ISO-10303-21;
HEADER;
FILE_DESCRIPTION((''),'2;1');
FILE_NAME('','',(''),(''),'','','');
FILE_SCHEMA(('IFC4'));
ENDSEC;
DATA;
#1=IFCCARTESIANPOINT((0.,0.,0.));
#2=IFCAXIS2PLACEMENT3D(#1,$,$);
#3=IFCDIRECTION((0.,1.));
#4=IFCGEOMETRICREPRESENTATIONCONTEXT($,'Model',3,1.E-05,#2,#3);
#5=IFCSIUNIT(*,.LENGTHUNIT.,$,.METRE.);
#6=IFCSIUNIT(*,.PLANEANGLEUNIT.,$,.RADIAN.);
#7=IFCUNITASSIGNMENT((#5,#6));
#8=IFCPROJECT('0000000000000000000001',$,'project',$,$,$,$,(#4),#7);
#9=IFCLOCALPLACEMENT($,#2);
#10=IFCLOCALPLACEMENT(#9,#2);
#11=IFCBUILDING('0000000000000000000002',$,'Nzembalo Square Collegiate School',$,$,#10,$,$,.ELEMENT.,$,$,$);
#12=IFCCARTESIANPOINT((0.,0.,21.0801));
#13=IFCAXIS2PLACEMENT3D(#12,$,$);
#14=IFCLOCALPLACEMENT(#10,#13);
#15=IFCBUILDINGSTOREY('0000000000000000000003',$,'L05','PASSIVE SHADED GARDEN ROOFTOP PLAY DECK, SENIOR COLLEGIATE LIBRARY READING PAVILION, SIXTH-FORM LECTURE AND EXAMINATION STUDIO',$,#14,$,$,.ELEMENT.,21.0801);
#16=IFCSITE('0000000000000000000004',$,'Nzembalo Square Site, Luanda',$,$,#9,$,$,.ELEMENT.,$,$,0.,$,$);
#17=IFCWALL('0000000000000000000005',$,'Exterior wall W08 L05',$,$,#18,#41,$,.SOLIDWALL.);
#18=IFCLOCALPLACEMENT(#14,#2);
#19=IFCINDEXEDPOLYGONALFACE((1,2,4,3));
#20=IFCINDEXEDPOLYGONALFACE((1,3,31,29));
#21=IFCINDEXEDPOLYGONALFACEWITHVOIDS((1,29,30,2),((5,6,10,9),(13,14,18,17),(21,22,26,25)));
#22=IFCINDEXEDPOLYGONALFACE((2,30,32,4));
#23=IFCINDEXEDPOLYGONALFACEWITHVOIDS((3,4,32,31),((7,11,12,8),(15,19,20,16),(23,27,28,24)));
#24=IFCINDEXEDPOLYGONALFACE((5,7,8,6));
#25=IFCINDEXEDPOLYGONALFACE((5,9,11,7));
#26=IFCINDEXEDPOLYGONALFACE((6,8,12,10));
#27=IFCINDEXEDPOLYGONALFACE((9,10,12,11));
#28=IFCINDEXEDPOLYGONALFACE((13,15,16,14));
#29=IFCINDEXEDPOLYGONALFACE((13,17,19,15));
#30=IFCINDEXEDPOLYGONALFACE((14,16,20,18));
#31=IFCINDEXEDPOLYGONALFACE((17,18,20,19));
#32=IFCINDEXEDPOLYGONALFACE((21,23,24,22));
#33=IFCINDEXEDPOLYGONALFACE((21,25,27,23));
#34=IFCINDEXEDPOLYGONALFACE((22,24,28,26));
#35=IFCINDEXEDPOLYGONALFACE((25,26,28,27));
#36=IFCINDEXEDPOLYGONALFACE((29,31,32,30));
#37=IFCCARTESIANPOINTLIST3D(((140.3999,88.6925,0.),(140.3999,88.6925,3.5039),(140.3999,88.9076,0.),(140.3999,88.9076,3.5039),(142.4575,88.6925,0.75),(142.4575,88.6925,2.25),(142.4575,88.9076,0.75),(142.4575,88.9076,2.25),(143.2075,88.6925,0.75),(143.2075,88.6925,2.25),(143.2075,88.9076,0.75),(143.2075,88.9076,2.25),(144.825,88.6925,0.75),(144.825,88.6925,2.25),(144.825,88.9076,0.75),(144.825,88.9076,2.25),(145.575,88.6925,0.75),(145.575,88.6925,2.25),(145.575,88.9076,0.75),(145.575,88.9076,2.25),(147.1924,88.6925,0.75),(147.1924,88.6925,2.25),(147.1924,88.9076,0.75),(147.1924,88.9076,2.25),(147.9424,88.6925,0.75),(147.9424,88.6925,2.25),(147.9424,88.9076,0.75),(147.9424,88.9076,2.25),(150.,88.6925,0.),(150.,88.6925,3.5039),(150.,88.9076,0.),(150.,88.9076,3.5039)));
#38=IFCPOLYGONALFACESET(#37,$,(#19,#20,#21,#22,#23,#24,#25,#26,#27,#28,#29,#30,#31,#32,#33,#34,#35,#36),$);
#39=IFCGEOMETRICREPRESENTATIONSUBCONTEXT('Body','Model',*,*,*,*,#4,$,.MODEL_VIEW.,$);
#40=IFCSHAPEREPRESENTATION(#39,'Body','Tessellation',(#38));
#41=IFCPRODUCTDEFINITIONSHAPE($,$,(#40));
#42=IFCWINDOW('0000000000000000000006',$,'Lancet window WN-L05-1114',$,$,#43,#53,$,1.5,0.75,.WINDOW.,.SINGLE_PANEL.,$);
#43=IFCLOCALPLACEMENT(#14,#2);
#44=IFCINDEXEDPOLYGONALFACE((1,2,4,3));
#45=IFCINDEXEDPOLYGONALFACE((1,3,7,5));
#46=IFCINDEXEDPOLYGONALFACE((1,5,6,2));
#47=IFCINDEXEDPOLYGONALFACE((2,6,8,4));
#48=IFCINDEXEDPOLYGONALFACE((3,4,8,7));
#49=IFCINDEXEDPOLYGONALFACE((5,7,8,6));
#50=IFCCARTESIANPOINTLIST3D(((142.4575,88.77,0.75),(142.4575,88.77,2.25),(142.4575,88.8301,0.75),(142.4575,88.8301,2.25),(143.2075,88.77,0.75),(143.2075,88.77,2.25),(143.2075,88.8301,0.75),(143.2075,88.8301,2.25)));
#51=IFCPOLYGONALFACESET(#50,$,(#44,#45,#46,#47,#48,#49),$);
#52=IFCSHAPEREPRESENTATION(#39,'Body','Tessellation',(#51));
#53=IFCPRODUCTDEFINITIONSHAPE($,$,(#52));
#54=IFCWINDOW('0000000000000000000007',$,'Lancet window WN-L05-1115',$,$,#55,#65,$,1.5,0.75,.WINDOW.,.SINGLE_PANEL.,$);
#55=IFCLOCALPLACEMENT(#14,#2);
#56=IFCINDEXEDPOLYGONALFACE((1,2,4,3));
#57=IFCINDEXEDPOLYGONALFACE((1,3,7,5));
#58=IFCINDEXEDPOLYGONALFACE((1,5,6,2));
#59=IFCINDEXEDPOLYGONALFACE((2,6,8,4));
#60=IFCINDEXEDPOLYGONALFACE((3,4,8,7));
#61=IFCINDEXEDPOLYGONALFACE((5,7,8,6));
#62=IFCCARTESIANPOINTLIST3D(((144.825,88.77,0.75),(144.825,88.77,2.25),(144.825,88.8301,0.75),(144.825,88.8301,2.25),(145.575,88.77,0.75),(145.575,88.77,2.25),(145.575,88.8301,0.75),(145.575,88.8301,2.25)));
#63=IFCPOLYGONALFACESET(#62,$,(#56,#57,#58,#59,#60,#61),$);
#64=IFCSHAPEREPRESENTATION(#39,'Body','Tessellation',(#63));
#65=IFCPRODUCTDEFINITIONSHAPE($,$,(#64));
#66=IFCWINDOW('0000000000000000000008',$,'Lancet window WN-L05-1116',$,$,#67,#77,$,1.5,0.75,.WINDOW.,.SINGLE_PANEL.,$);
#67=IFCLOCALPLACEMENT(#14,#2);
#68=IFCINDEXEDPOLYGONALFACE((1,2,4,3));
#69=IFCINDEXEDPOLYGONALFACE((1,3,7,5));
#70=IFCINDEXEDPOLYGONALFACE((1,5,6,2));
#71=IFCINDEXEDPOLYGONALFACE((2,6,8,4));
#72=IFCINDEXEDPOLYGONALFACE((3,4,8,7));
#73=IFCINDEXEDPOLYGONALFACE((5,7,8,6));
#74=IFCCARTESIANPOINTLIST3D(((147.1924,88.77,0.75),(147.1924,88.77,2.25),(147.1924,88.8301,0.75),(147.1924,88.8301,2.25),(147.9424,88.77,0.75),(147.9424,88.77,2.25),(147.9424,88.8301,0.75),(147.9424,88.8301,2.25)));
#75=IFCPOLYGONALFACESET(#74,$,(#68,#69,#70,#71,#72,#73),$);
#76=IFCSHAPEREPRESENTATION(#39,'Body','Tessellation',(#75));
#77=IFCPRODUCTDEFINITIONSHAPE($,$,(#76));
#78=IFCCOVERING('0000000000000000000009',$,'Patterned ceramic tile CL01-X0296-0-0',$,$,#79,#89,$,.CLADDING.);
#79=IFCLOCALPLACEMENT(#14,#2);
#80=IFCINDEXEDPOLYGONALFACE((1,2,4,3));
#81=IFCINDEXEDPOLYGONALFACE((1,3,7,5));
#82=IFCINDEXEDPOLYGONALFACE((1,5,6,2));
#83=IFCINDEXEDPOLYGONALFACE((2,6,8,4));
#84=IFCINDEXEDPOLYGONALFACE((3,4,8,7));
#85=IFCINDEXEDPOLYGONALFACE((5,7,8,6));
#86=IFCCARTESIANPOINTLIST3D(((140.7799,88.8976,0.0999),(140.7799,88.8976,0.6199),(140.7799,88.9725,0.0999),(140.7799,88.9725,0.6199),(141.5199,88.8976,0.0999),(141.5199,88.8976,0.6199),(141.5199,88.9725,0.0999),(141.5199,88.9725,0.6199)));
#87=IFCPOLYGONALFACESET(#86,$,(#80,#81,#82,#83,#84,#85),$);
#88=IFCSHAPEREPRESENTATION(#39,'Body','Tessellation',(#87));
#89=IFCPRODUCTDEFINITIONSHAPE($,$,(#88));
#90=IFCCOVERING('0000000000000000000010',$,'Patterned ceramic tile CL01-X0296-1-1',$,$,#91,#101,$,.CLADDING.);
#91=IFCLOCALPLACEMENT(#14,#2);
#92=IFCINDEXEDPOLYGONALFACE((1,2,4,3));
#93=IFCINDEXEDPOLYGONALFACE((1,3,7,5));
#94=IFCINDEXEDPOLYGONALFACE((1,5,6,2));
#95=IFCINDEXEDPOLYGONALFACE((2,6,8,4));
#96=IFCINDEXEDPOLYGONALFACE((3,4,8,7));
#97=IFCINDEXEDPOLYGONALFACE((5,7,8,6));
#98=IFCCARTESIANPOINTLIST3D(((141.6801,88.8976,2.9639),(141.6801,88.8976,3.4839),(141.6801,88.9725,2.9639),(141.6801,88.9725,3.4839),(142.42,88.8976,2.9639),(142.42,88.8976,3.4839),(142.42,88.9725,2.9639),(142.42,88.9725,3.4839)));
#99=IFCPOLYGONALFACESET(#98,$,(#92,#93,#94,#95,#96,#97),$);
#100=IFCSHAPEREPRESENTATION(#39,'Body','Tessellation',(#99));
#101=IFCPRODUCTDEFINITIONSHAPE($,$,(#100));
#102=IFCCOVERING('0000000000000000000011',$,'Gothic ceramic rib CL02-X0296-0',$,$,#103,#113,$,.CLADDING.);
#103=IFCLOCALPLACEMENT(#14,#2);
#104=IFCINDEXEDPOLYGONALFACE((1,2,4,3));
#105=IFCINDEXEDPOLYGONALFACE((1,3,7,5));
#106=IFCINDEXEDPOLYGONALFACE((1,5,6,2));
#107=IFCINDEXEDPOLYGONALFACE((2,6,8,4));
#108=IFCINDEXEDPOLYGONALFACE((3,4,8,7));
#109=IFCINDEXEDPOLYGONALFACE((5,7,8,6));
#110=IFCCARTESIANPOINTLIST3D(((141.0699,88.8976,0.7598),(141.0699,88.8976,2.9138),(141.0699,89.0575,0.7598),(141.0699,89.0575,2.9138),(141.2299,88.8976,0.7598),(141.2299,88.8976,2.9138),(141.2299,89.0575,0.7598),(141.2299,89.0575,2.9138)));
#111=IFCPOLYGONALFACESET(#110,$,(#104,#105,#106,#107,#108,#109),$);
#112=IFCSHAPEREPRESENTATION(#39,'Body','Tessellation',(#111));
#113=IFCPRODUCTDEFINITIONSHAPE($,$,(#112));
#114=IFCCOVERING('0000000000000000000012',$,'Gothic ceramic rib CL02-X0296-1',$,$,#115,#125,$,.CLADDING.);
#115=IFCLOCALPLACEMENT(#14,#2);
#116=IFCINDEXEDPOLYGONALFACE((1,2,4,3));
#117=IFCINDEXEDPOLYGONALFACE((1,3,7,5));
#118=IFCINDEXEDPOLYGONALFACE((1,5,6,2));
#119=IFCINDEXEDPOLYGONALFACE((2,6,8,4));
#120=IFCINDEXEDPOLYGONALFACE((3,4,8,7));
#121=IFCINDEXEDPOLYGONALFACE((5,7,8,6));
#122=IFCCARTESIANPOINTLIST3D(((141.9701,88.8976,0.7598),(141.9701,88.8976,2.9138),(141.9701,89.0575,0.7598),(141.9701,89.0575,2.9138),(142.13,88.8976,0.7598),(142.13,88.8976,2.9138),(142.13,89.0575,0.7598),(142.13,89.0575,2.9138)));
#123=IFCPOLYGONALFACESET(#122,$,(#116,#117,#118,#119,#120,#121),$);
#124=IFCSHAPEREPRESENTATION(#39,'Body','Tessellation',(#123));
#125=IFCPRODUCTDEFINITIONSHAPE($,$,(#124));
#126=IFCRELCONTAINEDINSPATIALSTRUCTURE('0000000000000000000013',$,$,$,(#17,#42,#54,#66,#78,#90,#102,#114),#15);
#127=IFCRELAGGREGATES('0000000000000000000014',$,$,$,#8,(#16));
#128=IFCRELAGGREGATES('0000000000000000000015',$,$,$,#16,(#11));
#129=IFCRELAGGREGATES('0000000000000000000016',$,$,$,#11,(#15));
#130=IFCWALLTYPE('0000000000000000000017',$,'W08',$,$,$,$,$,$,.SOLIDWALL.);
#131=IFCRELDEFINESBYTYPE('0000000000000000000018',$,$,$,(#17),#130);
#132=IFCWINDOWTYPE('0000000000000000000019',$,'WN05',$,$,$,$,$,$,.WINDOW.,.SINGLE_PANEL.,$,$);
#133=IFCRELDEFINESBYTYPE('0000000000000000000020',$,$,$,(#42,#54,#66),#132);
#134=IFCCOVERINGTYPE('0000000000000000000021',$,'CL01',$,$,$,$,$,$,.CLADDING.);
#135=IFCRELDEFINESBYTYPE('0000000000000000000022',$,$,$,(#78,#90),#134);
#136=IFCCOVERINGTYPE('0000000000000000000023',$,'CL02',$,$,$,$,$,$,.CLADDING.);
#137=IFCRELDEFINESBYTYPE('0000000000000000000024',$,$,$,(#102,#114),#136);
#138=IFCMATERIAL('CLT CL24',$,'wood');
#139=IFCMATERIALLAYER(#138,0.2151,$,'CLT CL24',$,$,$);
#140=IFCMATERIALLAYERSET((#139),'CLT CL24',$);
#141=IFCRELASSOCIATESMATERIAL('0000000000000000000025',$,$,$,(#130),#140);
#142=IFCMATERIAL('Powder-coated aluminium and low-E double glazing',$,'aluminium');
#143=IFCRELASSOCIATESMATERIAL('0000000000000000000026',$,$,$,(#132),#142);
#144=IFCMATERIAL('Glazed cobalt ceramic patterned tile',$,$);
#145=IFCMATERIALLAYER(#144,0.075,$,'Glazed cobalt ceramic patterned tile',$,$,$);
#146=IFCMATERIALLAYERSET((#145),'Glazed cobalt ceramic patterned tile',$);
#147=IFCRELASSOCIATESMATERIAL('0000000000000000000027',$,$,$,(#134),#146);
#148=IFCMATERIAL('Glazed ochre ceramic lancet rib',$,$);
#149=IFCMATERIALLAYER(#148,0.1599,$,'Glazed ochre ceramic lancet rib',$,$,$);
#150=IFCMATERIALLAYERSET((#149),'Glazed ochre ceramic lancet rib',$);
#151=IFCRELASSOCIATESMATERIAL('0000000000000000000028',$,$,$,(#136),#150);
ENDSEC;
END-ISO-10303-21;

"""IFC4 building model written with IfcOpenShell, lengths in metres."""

from ifc_helpers import new_model, si_unit, direction, frame, frame_2d, origin, origin_2d, place, context, subcontext, project, spatial, rectangle, extrude, material, layer, layer_set, type_object, element, fill, save


model = new_model("IFC4")

# Units and contexts
model_context = context("Model", 3, precision=1e-05, world=origin(), true_north=direction((0.0, 1.0)))
body_context = subcontext(model_context, "Body", "Model", "MODEL_VIEW")
ifc_project = project(units=[si_unit("LENGTHUNIT", "METRE"), si_unit("PLANEANGLEUNIT", "RADIAN")], contexts=[model_context])

# Site, building, storey
site_placement = place(None, origin())
site = spatial("IfcSite", under=ifc_project, at=site_placement, Name="Nzembalo Square Site, Luanda", CompositionType="ELEMENT", RefElevation=0.0)
building_placement = place(site_placement, origin())
building = spatial("IfcBuilding", under=site, at=building_placement, Name="Nzembalo Square Collegiate School", CompositionType="ELEMENT")
storey_placement = place(building_placement, frame((0.0, 0.0, 21.0801)))
storey = spatial("IfcBuildingStorey", under=building, at=storey_placement, Name="L05", Description="PASSIVE SHADED GARDEN ROOFTOP PLAY DECK, SENIOR COLLEGIATE LIBRARY READING PAVILION, SIXTH-FORM LECTURE AND EXAMINATION STUDIO", CompositionType="ELEMENT", Elevation=21.0801)

# Wall, openings, windows
ifc_material_1 = material(Name="CLT CL24", Category="wood")
ifc_layer_1 = layer(ifc_material_1, 0.2151, Name="CLT CL24")
ifc_layer_set_1 = layer_set([ifc_layer_1], Name="CLT CL24")
wall_type = type_object("IfcWallType", Name="W08", PredefinedType="SOLIDWALL", material=ifc_layer_set_1)
wall_placement = place(storey_placement, frame((140.3999, 88.8, 0.0), z_axis=(0.0, 0.0, 1.0), x_axis=(1.0, 0.0, 0.0)))
wall = element("IfcWall", 1, at=wall_placement, inside=storey, type_object=wall_type, Name="Exterior wall W08 L05", PredefinedType="SOLIDWALL", context=body_context, shape_type="SweptSolid", body=[
    extrude(rectangle(XDim=9.6001, YDim=0.2151, at=frame_2d((4.8, 0.0))), origin(), (0.0, 0.0, 1.0), 3.5039),
])
opening_1_placement = place(wall_placement, frame((2.0576, 0.0, 0.75)))
opening_1 = element("IfcOpeningElement", 2, at=opening_1_placement, cuts=wall, PredefinedType="OPENING", context=body_context, shape_type="SweptSolid", body=[
    extrude(rectangle(XDim=0.75, YDim=1.5, at=frame_2d((0.375, 0.75))), frame((0.0, 0.1177, 0.0), z_axis=(0.0, -1.0, 0.0), x_axis=(1.0, 0.0, 0.0)), (0.0, 0.0, 1.0), 0.2351),
])
opening_2_placement = place(wall_placement, frame((4.425, 0.0, 0.75)))
opening_2 = element("IfcOpeningElement", 3, at=opening_2_placement, cuts=wall, PredefinedType="OPENING", context=body_context, shape_type="SweptSolid", body=[
    extrude(rectangle(XDim=0.75, YDim=1.5, at=frame_2d((0.375, 0.75))), frame((0.0, 0.1177, 0.0), z_axis=(0.0, -1.0, 0.0), x_axis=(1.0, 0.0, 0.0)), (0.0, 0.0, 1.0), 0.2351),
])
opening_3_placement = place(wall_placement, frame((6.7925, 0.0, 0.75)))
opening_3 = element("IfcOpeningElement", 4, at=opening_3_placement, cuts=wall, PredefinedType="OPENING", context=body_context, shape_type="SweptSolid", body=[
    extrude(rectangle(XDim=0.75, YDim=1.5, at=frame_2d((0.375, 0.75))), frame((0.0, 0.1177, 0.0), z_axis=(0.0, -1.0, 0.0), x_axis=(1.0, 0.0, 0.0)), (0.0, 0.0, 1.0), 0.2351),
])
ifc_material_2 = material(Name="Powder-coated aluminium and low-E double glazing", Category="aluminium")
window_type = type_object("IfcWindowType", Name="WN05", PartitioningType="SINGLE_PANEL", PredefinedType="WINDOW", material=ifc_material_2)
window_1_placement = place(opening_1_placement, origin())
window_1 = element("IfcWindow", 5, at=window_1_placement, inside=storey, type_object=window_type, Name="Lancet window WN-L05-1114", OverallHeight=1.5, OverallWidth=0.75, PartitioningType="SINGLE_PANEL", PredefinedType="WINDOW", context=body_context, shape_type="SweptSolid", body=[
    extrude(rectangle(XDim=0.75, YDim=1.5, at=frame_2d((0.375, 0.75))), frame((0.0, 0.03, 0.0), z_axis=(0.0, -1.0, 0.0), x_axis=(1.0, 0.0, 0.0)), (0.0, 0.0, 1.0), 0.0601),
])
fill(opening_1, window_1)
window_2_placement = place(opening_2_placement, origin())
window_2 = element("IfcWindow", 6, at=window_2_placement, inside=storey, type_object=window_type, Name="Lancet window WN-L05-1115", OverallHeight=1.5, OverallWidth=0.75, PartitioningType="SINGLE_PANEL", PredefinedType="WINDOW", context=body_context, shape_type="SweptSolid", body=[
    extrude(rectangle(XDim=0.75, YDim=1.5, at=frame_2d((0.375, 0.75))), frame((0.0, 0.03, 0.0), z_axis=(0.0, -1.0, 0.0), x_axis=(1.0, 0.0, 0.0)), (0.0, 0.0, 1.0), 0.0601),
])
fill(opening_2, window_2)
window_3_placement = place(opening_3_placement, origin())
window_3 = element("IfcWindow", 7, at=window_3_placement, inside=storey, type_object=window_type, Name="Lancet window WN-L05-1116", OverallHeight=1.5, OverallWidth=0.75, PartitioningType="SINGLE_PANEL", PredefinedType="WINDOW", context=body_context, shape_type="SweptSolid", body=[
    extrude(rectangle(XDim=0.75, YDim=1.5, at=frame_2d((0.375, 0.75))), frame((0.0, 0.03, 0.0), z_axis=(0.0, -1.0, 0.0), x_axis=(1.0, 0.0, 0.0)), (0.0, 0.0, 1.0), 0.0601),
])
fill(opening_3, window_3)

# Coverings
ifc_material_3 = material(Name="Glazed cobalt ceramic patterned tile")
ifc_layer_2 = layer(ifc_material_3, 0.075, Name="Glazed cobalt ceramic patterned tile")
ifc_layer_set_2 = layer_set([ifc_layer_2], Name="Glazed cobalt ceramic patterned tile")
covering_type_1 = type_object("IfcCoveringType", Name="CL01", PredefinedType="CLADDING", material=ifc_layer_set_2)
for number, where, z_axis, x_axis, name in (
    (8, (141.1499, 88.9351, 0.0999), (0.0, 0.0, 1.0), (1.0, 0.0, 0.0), "Patterned ceramic tile CL01-X0296-0-0"),
    (9, (142.05, 88.9351, 2.9639), (0.0, 0.0, 1.0), (1.0, 0.0, 0.0), "Patterned ceramic tile CL01-X0296-1-1"),
):
    element("IfcCovering", number, at=place(storey_placement, frame(where, z_axis=z_axis, x_axis=x_axis)), inside=storey, type_object=covering_type_1, Name=name, PredefinedType="CLADDING", context=body_context, shape_type="SweptSolid", body=[
        extrude(rectangle(XDim=0.74, YDim=0.075, at=origin_2d()), origin(), (0.0, 0.0, 1.0), 0.52),
    ])
ifc_material_4 = material(Name="Glazed ochre ceramic lancet rib")
ifc_layer_3 = layer(ifc_material_4, 0.1599, Name="Glazed ochre ceramic lancet rib")
ifc_layer_set_3 = layer_set([ifc_layer_3], Name="Glazed ochre ceramic lancet rib")
covering_type_2 = type_object("IfcCoveringType", Name="CL02", PredefinedType="CLADDING", material=ifc_layer_set_3)
for number, where, z_axis, x_axis, name in (
    (10, (141.1499, 88.9775, 0.7598), (0.0, 0.0, 1.0), (1.0, 0.0, 0.0), "Gothic ceramic rib CL02-X0296-0"),
    (11, (142.05, 88.9775, 0.7598), (0.0, 0.0, 1.0), (1.0, 0.0, 0.0), "Gothic ceramic rib CL02-X0296-1"),
):
    element("IfcCovering", number, at=place(storey_placement, frame(where, z_axis=z_axis, x_axis=x_axis)), inside=storey, type_object=covering_type_2, Name=name, PredefinedType="CLADDING", context=body_context, shape_type="SweptSolid", body=[
        extrude(rectangle(XDim=0.1599, YDim=0.1599, at=origin_2d()), origin(), (0.0, 0.0, 1.0), 2.1541),
    ])

save(model, "model.ifc")
